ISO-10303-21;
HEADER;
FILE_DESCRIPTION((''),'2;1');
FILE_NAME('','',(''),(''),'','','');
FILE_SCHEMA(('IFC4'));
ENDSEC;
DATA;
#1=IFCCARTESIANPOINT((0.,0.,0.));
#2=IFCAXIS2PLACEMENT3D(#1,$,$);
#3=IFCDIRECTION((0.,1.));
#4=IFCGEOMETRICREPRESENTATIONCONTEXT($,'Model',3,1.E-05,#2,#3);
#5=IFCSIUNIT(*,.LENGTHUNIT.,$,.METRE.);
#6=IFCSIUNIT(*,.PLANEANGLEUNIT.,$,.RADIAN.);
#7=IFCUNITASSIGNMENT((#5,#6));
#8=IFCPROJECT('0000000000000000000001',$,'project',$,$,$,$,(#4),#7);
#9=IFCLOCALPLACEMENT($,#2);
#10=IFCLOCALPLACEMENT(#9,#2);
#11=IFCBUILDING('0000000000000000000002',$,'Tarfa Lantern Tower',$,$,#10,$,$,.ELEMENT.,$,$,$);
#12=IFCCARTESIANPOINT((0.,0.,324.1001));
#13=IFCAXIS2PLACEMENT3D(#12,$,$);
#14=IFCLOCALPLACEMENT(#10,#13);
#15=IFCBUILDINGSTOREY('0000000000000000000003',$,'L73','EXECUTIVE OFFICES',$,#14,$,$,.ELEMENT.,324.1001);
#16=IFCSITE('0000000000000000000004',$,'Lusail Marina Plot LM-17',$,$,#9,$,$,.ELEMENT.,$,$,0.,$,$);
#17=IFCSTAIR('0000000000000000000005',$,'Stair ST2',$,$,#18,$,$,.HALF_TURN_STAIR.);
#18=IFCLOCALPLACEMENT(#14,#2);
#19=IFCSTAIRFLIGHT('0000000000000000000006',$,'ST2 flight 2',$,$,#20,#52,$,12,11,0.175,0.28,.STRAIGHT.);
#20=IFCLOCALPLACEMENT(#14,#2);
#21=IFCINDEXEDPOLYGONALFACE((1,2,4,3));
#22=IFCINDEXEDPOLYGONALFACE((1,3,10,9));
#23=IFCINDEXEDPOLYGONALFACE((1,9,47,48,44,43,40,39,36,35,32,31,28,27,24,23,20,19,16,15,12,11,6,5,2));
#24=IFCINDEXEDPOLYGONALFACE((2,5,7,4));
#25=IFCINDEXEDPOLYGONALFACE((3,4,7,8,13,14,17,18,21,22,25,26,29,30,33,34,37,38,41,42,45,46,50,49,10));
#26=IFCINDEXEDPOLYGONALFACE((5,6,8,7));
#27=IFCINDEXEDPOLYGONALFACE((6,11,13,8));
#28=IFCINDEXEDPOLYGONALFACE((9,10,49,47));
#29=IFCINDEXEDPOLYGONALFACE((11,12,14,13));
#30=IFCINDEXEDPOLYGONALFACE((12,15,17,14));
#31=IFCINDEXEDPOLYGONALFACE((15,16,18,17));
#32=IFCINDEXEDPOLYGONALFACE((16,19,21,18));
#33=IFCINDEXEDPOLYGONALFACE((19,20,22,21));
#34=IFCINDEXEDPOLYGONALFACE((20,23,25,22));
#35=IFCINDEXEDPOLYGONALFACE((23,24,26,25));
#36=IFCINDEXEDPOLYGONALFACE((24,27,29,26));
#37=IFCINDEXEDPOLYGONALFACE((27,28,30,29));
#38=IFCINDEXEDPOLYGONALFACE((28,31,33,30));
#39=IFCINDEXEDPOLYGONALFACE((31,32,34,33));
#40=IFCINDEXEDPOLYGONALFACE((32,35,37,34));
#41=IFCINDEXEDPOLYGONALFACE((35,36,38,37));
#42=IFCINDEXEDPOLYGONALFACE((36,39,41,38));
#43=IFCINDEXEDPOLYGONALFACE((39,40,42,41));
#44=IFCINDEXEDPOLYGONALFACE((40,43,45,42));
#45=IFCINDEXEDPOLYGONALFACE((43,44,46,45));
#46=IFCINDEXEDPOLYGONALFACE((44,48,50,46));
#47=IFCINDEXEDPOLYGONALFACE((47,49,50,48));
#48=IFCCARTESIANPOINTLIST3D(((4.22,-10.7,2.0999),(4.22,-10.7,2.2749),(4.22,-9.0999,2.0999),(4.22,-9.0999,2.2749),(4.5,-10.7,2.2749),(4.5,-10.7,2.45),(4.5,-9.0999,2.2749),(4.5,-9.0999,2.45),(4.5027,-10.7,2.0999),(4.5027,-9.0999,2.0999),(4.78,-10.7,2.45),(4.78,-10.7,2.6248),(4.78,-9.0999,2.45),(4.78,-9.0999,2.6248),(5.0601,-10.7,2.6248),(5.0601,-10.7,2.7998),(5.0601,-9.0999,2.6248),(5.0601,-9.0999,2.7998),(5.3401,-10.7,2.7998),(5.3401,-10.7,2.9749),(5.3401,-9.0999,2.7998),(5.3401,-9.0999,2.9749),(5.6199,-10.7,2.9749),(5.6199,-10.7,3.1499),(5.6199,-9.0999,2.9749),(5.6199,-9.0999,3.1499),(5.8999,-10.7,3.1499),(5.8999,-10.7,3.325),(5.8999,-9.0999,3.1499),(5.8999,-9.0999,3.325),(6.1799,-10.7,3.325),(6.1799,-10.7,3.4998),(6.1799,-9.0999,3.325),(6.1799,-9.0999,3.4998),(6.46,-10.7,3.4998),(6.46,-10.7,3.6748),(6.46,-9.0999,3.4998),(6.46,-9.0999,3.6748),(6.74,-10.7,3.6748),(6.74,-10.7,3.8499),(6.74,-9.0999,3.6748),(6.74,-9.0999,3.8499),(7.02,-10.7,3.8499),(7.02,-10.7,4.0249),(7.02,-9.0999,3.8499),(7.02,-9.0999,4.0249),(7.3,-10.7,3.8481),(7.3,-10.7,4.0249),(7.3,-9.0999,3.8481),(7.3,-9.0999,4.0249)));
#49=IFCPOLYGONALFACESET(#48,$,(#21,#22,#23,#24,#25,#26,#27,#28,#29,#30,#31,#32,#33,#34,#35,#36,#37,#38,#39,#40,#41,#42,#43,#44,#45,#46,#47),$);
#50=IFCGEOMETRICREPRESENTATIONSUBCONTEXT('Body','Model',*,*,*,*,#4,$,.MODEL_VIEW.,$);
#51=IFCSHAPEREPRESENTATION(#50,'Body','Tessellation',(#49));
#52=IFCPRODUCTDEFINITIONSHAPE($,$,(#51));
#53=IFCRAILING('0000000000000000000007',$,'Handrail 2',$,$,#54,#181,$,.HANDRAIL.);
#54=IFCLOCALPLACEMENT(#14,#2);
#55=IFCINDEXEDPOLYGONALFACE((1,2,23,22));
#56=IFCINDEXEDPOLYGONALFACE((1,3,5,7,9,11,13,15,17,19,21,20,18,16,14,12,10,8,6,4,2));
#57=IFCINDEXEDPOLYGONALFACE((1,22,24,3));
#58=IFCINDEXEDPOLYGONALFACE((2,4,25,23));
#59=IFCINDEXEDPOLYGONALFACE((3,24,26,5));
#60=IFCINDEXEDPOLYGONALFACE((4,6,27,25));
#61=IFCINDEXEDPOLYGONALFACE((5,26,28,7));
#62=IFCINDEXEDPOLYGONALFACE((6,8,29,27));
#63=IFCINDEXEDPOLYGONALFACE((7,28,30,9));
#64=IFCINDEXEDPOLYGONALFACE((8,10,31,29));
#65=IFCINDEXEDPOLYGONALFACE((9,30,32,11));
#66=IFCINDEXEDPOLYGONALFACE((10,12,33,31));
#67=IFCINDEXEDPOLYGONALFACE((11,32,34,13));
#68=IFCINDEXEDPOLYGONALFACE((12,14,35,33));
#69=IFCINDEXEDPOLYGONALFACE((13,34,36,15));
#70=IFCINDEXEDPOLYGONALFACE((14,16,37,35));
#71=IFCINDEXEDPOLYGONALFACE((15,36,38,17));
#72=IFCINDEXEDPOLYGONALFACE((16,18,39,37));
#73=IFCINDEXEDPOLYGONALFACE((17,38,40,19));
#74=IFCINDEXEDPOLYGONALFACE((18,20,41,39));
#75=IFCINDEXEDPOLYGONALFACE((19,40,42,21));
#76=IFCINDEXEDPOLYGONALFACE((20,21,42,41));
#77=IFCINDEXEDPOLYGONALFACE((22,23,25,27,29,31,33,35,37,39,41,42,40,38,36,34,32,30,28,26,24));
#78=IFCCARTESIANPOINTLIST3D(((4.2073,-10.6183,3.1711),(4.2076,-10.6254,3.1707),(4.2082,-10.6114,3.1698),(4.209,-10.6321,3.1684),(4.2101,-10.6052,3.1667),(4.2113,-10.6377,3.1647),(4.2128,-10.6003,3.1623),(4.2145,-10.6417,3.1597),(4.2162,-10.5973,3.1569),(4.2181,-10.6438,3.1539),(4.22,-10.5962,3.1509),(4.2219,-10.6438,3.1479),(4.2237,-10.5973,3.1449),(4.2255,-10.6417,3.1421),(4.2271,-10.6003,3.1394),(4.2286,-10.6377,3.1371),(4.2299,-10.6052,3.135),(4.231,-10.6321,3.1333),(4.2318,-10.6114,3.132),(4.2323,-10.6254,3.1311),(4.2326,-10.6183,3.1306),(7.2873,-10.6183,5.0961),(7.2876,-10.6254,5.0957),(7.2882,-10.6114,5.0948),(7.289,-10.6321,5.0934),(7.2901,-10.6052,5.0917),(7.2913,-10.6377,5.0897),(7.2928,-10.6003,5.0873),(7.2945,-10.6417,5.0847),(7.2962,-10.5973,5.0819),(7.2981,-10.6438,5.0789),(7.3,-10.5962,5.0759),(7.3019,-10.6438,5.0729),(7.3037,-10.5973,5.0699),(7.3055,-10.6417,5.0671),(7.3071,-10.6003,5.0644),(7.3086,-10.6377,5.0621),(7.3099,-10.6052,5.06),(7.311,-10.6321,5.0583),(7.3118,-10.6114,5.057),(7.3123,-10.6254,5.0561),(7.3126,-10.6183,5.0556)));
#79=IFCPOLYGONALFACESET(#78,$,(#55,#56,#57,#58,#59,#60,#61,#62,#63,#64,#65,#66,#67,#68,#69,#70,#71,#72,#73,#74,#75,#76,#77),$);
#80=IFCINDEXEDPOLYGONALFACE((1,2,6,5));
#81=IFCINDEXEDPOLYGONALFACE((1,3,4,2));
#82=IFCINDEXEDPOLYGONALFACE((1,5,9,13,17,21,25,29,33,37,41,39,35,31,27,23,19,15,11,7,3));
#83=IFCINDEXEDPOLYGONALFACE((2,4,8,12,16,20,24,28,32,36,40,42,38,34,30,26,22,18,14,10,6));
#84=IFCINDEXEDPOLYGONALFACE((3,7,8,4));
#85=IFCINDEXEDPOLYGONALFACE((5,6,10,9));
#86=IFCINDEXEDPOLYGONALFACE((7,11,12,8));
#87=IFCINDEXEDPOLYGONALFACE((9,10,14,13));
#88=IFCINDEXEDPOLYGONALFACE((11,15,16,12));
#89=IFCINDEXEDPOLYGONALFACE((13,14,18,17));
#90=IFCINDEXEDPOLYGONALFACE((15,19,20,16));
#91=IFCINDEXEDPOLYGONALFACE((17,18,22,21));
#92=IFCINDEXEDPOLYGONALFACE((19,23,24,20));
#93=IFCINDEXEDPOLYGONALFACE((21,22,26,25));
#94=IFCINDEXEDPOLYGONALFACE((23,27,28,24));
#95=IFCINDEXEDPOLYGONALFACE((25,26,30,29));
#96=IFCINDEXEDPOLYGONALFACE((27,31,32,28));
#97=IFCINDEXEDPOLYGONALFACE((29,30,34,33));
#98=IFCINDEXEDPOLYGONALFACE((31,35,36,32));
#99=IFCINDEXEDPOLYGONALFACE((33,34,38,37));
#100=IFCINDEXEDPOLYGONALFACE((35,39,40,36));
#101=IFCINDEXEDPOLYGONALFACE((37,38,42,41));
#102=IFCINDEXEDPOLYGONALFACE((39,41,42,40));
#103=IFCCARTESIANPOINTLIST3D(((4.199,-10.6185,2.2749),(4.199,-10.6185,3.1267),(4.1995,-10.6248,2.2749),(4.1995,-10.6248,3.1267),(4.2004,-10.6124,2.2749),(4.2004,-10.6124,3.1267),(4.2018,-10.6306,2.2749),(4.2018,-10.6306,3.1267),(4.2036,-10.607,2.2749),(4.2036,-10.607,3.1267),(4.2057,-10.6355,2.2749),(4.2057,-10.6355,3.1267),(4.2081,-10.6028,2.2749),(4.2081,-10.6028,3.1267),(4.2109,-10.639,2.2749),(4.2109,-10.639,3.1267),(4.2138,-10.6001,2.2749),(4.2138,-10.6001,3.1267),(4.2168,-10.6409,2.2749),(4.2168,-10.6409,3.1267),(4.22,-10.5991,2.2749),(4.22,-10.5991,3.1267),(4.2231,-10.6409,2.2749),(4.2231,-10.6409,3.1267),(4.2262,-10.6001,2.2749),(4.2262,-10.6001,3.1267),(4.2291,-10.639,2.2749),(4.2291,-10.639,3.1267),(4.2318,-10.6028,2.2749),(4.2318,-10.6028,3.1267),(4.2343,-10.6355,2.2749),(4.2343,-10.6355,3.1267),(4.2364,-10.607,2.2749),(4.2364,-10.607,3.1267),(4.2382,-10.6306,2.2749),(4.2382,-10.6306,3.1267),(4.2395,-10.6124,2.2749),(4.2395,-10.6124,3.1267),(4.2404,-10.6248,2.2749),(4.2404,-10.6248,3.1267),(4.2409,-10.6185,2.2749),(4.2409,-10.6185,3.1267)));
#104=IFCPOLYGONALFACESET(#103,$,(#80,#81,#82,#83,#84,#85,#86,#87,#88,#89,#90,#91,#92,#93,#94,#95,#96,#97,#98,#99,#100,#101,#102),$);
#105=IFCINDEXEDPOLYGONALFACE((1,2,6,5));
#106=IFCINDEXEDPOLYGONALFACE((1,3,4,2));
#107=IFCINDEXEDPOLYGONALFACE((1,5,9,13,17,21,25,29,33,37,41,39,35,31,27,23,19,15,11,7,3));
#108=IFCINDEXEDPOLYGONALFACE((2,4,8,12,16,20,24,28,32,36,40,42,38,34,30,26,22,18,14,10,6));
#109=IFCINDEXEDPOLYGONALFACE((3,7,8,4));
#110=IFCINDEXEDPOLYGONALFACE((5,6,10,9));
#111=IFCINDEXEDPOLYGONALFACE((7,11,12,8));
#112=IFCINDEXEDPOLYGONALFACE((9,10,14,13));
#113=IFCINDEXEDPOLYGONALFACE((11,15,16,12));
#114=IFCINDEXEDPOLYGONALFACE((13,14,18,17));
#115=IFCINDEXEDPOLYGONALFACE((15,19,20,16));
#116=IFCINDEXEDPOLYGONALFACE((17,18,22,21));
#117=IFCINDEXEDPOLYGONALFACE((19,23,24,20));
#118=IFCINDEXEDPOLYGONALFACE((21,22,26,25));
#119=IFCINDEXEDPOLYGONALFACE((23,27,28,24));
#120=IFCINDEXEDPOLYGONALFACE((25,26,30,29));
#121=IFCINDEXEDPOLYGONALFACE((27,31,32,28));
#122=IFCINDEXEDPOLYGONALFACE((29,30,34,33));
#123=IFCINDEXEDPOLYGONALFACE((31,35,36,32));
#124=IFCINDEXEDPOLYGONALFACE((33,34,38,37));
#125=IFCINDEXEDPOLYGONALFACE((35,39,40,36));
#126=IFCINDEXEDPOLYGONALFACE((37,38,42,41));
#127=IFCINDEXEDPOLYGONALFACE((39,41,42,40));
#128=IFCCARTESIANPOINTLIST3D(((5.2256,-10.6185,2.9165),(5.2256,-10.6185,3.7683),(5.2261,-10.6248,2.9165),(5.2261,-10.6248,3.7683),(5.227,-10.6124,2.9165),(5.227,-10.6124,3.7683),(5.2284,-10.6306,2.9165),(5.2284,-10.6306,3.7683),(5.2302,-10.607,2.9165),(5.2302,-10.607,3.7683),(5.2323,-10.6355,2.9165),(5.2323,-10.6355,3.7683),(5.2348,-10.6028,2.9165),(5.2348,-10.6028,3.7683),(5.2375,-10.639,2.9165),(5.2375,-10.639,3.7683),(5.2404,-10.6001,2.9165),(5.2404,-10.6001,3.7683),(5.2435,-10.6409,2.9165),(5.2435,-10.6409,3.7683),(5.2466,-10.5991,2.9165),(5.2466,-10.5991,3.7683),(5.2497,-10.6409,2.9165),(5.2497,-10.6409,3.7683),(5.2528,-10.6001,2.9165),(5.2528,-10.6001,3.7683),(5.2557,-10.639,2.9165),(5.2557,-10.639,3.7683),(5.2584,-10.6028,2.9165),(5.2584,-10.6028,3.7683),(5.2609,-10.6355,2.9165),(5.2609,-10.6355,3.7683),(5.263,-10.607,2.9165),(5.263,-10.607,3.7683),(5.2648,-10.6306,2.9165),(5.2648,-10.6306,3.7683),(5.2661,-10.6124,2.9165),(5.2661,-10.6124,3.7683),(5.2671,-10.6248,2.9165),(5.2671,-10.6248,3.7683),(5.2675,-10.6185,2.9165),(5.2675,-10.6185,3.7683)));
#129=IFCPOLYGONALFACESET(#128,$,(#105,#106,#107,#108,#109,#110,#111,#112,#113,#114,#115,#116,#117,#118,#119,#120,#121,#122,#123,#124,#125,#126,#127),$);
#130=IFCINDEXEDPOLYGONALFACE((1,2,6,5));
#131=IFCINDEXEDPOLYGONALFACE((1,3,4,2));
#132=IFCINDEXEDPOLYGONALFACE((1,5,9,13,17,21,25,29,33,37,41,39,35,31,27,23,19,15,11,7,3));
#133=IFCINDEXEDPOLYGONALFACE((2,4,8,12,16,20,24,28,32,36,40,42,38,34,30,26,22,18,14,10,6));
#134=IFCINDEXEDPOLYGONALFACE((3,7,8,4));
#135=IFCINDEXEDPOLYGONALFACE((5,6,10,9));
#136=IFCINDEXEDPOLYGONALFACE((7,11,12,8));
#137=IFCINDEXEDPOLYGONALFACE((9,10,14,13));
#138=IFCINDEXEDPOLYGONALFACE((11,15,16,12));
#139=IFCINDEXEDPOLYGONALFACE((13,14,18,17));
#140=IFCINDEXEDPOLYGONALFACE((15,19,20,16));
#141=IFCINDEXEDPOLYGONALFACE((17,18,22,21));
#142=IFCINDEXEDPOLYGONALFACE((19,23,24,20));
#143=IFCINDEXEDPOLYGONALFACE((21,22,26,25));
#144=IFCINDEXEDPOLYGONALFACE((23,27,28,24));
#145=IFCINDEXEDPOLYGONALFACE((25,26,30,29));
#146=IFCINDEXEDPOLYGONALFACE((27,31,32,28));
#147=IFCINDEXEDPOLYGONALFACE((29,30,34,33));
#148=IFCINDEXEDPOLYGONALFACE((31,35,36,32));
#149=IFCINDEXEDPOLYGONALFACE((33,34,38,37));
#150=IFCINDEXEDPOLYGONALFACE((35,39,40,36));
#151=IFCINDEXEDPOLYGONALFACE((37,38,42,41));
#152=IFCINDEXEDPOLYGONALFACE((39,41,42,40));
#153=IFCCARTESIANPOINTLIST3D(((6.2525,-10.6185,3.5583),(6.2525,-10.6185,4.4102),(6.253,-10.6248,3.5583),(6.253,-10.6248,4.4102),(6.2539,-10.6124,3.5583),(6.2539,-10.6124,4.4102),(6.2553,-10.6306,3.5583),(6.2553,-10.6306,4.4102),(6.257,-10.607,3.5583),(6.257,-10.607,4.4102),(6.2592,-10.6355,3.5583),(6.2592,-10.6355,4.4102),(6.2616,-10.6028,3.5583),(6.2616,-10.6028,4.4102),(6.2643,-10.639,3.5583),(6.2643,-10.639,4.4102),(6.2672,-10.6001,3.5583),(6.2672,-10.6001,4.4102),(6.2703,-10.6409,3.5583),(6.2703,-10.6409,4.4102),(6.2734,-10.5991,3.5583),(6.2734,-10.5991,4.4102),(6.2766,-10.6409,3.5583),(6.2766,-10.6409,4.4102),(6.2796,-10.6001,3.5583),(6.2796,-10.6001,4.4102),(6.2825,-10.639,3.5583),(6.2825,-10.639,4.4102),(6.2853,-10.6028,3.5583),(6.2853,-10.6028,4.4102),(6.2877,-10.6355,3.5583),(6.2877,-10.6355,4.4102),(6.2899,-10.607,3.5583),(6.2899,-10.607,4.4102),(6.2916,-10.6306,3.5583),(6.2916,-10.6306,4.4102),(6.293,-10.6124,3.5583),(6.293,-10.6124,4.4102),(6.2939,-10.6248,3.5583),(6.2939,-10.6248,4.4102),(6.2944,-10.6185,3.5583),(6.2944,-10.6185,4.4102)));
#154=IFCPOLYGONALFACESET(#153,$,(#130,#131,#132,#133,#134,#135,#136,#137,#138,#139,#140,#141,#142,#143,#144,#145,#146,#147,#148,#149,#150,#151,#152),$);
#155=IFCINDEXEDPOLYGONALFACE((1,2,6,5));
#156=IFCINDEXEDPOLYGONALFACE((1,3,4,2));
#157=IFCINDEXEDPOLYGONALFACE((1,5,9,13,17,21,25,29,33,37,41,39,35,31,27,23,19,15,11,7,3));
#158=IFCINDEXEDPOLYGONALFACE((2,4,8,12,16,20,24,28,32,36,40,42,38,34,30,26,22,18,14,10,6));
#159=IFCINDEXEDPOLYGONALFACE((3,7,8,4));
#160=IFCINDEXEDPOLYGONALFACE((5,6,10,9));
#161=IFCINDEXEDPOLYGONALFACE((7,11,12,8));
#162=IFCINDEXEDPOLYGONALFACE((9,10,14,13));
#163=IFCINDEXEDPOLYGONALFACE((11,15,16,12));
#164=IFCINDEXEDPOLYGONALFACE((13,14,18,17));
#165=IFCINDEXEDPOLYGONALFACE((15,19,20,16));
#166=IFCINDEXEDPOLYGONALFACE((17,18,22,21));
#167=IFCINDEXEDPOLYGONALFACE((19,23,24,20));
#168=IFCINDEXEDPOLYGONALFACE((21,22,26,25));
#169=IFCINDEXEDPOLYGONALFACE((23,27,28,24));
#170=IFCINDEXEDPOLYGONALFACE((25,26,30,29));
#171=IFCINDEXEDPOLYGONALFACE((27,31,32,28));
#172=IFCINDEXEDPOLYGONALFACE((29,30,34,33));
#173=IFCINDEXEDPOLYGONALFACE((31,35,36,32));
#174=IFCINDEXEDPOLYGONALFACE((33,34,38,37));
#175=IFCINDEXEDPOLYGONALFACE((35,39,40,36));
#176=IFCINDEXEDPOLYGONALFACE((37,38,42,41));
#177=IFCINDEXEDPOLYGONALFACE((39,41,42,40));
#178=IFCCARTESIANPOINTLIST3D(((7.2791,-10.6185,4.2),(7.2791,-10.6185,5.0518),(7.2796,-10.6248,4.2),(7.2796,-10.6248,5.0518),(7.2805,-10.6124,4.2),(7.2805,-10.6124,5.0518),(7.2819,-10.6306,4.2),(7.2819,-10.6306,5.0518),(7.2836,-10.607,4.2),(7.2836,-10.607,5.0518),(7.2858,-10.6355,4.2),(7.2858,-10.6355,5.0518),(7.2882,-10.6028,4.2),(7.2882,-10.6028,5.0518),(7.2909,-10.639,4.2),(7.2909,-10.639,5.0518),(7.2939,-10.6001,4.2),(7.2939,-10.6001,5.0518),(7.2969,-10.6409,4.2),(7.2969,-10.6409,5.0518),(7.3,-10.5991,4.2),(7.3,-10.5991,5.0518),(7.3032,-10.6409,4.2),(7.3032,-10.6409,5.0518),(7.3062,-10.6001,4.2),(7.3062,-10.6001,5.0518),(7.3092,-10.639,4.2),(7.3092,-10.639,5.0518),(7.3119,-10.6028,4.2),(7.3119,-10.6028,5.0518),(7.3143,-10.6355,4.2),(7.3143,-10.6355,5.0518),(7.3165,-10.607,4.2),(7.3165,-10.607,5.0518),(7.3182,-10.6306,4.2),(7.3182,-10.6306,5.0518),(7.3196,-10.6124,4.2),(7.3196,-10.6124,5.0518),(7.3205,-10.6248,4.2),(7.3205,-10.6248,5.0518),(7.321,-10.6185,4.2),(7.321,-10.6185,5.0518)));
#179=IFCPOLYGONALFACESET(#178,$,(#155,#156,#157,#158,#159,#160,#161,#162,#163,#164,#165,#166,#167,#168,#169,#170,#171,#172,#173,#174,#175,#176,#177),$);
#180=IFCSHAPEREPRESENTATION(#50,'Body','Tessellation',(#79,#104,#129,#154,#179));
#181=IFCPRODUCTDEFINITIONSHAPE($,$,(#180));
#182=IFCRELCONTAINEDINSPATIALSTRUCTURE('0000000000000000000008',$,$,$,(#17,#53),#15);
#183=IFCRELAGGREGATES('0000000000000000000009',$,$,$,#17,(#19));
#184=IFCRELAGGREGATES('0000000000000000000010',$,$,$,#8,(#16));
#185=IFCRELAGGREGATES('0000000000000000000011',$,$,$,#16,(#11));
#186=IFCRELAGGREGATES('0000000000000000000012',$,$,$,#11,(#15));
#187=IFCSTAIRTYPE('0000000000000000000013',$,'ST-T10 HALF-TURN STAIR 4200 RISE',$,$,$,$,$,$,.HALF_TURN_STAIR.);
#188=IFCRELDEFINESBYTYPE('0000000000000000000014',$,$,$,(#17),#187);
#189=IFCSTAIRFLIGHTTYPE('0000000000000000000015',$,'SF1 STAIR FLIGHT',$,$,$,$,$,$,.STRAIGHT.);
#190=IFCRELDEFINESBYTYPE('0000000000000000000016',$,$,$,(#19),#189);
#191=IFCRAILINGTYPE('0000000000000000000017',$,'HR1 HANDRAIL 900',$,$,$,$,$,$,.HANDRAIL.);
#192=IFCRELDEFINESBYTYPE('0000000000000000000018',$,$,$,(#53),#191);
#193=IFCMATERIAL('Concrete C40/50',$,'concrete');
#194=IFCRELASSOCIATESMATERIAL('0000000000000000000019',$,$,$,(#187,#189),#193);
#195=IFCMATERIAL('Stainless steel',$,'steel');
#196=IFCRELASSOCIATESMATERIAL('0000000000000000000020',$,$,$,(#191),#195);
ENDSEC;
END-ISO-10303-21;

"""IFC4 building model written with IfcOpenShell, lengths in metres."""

from ifc_helpers import new_model, si_unit, direction, frame, origin, origin_2d, place, context, subcontext, project, spatial, polyline, circle, outline, extrude, material, type_object, element, aggregate, save


model = new_model("IFC4")

# Units and contexts
model_context = context("Model", 3, precision=1e-05, world=origin(), true_north=direction((0.0, 1.0)))
body_context = subcontext(model_context, "Body", "Model", "MODEL_VIEW")
ifc_project = project(units=[si_unit("LENGTHUNIT", "METRE"), si_unit("PLANEANGLEUNIT", "RADIAN")], contexts=[model_context])

# Site, building, storey
site_placement = place(None, origin())
site = spatial("IfcSite", under=ifc_project, at=site_placement, Name="Lusail Marina Plot LM-17", CompositionType="ELEMENT", RefElevation=0.0)
building_placement = place(site_placement, origin())
building = spatial("IfcBuilding", under=site, at=building_placement, Name="Tarfa Lantern Tower", CompositionType="ELEMENT")
storey_placement = place(building_placement, frame((0.0, 0.0, 324.1001)))
storey = spatial("IfcBuildingStorey", under=building, at=storey_placement, Name="L73", Description="EXECUTIVE OFFICES", CompositionType="ELEMENT", Elevation=324.1001)

# Stair, stair flight
ifc_material_1 = material(Name="Concrete C40/50", Category="concrete")
stair_type = type_object("IfcStairType", Name="ST-T10 HALF-TURN STAIR 4200 RISE", PredefinedType="HALF_TURN_STAIR", material=ifc_material_1)
stair_placement = place(storey_placement, origin())
stair = element("IfcStair", 1, at=stair_placement, inside=storey, type_object=stair_type, Name="Stair ST2", PredefinedType="HALF_TURN_STAIR")
stair_flight_type = type_object("IfcStairFlightType", Name="SF1 STAIR FLIGHT", PredefinedType="STRAIGHT", material=ifc_material_1)
stair_flight_placement = place(storey_placement, frame((4.22, -9.8999, 2.0999), z_axis=(0.0, 0.0, 1.0), x_axis=(1.0, 0.0, 0.0)))
stair_flight = element("IfcStairFlight", 2, at=stair_flight_placement, type_object=stair_flight_type, Name="ST2 flight 2", NumberOfRisers=12, NumberOfTreads=11, PredefinedType="STRAIGHT", RiserHeight=0.175, TreadLength=0.28, context=body_context, shape_type="SweptSolid", body=[
    extrude(outline(polyline([(0.0, 0.0), (0.0, 0.175), (0.28, 0.175), (0.28, 0.3501), (0.5601, 0.3501), (0.5601, 0.5249), (0.8401, 0.5249), (0.8401, 0.7), (1.1201, 0.7), (1.1201, 0.875), (1.3999, 0.875), (1.3999, 1.05), (1.6799, 1.05), (1.6799, 1.2251), (1.96, 1.2251), (1.96, 1.3999), (2.24, 1.3999), (2.24, 1.575), (2.52, 1.575), (2.52, 1.75), (2.8, 1.75), (2.8, 1.925), (3.0801, 1.925), (3.0801, 2.1001), (3.0801, 1.7483), (0.2827, 0.0), (0.0, 0.0)])), frame((0.0, 0.8, 0.0), z_axis=(0.0, -1.0, 0.0), x_axis=(1.0, 0.0, 0.0)), (0.0, 0.0, 1.0), 1.6001),
])
aggregate(stair, [stair_flight])

# Railing
ifc_material_2 = material(Name="Stainless steel", Category="steel")
railing_type = type_object("IfcRailingType", Name="HR1 HANDRAIL 900", PredefinedType="HANDRAIL", material=ifc_material_2)
railing_placement = place(storey_placement, frame((4.22, -10.6201, 2.2749)))
element("IfcRailing", 3, at=railing_placement, inside=storey, type_object=railing_type, Name="Handrail 2", PredefinedType="HANDRAIL", context=body_context, shape_type="SweptSolid", body=[
    extrude(circle(Radius=0.0239, at=origin_2d()), frame((0.0, 0.0, 0.876), z_axis=(0.847998, 0.0, 0.529999), x_axis=(0.0, 1.0, 0.0)), (0.0, 0.0, 1.0), 3.6321),
    extrude(circle(Radius=0.021, at=origin_2d()), frame((0.0, 0.0, 0.0), z_axis=(0.0, 0.0, 1.0), x_axis=(0.0, 1.0, 0.0)), (0.0, 0.0, 1.0), 0.8518),
    extrude(circle(Radius=0.021, at=origin_2d()), frame((1.0266, 0.0, 0.6416), z_axis=(0.0, 0.0, 1.0), x_axis=(0.0, 1.0, 0.0)), (0.0, 0.0, 1.0), 0.8518),
    extrude(circle(Radius=0.021, at=origin_2d()), frame((2.0535, 0.0, 1.2834), z_axis=(0.0, 0.0, 1.0), x_axis=(0.0, 1.0, 0.0)), (0.0, 0.0, 1.0), 0.8518),
    extrude(circle(Radius=0.021, at=origin_2d()), frame((3.0801, 0.0, 1.925), z_axis=(0.0, 0.0, 1.0), x_axis=(0.0, 1.0, 0.0)), (0.0, 0.0, 1.0), 0.8518),
])

save(model, "model.ifc")
